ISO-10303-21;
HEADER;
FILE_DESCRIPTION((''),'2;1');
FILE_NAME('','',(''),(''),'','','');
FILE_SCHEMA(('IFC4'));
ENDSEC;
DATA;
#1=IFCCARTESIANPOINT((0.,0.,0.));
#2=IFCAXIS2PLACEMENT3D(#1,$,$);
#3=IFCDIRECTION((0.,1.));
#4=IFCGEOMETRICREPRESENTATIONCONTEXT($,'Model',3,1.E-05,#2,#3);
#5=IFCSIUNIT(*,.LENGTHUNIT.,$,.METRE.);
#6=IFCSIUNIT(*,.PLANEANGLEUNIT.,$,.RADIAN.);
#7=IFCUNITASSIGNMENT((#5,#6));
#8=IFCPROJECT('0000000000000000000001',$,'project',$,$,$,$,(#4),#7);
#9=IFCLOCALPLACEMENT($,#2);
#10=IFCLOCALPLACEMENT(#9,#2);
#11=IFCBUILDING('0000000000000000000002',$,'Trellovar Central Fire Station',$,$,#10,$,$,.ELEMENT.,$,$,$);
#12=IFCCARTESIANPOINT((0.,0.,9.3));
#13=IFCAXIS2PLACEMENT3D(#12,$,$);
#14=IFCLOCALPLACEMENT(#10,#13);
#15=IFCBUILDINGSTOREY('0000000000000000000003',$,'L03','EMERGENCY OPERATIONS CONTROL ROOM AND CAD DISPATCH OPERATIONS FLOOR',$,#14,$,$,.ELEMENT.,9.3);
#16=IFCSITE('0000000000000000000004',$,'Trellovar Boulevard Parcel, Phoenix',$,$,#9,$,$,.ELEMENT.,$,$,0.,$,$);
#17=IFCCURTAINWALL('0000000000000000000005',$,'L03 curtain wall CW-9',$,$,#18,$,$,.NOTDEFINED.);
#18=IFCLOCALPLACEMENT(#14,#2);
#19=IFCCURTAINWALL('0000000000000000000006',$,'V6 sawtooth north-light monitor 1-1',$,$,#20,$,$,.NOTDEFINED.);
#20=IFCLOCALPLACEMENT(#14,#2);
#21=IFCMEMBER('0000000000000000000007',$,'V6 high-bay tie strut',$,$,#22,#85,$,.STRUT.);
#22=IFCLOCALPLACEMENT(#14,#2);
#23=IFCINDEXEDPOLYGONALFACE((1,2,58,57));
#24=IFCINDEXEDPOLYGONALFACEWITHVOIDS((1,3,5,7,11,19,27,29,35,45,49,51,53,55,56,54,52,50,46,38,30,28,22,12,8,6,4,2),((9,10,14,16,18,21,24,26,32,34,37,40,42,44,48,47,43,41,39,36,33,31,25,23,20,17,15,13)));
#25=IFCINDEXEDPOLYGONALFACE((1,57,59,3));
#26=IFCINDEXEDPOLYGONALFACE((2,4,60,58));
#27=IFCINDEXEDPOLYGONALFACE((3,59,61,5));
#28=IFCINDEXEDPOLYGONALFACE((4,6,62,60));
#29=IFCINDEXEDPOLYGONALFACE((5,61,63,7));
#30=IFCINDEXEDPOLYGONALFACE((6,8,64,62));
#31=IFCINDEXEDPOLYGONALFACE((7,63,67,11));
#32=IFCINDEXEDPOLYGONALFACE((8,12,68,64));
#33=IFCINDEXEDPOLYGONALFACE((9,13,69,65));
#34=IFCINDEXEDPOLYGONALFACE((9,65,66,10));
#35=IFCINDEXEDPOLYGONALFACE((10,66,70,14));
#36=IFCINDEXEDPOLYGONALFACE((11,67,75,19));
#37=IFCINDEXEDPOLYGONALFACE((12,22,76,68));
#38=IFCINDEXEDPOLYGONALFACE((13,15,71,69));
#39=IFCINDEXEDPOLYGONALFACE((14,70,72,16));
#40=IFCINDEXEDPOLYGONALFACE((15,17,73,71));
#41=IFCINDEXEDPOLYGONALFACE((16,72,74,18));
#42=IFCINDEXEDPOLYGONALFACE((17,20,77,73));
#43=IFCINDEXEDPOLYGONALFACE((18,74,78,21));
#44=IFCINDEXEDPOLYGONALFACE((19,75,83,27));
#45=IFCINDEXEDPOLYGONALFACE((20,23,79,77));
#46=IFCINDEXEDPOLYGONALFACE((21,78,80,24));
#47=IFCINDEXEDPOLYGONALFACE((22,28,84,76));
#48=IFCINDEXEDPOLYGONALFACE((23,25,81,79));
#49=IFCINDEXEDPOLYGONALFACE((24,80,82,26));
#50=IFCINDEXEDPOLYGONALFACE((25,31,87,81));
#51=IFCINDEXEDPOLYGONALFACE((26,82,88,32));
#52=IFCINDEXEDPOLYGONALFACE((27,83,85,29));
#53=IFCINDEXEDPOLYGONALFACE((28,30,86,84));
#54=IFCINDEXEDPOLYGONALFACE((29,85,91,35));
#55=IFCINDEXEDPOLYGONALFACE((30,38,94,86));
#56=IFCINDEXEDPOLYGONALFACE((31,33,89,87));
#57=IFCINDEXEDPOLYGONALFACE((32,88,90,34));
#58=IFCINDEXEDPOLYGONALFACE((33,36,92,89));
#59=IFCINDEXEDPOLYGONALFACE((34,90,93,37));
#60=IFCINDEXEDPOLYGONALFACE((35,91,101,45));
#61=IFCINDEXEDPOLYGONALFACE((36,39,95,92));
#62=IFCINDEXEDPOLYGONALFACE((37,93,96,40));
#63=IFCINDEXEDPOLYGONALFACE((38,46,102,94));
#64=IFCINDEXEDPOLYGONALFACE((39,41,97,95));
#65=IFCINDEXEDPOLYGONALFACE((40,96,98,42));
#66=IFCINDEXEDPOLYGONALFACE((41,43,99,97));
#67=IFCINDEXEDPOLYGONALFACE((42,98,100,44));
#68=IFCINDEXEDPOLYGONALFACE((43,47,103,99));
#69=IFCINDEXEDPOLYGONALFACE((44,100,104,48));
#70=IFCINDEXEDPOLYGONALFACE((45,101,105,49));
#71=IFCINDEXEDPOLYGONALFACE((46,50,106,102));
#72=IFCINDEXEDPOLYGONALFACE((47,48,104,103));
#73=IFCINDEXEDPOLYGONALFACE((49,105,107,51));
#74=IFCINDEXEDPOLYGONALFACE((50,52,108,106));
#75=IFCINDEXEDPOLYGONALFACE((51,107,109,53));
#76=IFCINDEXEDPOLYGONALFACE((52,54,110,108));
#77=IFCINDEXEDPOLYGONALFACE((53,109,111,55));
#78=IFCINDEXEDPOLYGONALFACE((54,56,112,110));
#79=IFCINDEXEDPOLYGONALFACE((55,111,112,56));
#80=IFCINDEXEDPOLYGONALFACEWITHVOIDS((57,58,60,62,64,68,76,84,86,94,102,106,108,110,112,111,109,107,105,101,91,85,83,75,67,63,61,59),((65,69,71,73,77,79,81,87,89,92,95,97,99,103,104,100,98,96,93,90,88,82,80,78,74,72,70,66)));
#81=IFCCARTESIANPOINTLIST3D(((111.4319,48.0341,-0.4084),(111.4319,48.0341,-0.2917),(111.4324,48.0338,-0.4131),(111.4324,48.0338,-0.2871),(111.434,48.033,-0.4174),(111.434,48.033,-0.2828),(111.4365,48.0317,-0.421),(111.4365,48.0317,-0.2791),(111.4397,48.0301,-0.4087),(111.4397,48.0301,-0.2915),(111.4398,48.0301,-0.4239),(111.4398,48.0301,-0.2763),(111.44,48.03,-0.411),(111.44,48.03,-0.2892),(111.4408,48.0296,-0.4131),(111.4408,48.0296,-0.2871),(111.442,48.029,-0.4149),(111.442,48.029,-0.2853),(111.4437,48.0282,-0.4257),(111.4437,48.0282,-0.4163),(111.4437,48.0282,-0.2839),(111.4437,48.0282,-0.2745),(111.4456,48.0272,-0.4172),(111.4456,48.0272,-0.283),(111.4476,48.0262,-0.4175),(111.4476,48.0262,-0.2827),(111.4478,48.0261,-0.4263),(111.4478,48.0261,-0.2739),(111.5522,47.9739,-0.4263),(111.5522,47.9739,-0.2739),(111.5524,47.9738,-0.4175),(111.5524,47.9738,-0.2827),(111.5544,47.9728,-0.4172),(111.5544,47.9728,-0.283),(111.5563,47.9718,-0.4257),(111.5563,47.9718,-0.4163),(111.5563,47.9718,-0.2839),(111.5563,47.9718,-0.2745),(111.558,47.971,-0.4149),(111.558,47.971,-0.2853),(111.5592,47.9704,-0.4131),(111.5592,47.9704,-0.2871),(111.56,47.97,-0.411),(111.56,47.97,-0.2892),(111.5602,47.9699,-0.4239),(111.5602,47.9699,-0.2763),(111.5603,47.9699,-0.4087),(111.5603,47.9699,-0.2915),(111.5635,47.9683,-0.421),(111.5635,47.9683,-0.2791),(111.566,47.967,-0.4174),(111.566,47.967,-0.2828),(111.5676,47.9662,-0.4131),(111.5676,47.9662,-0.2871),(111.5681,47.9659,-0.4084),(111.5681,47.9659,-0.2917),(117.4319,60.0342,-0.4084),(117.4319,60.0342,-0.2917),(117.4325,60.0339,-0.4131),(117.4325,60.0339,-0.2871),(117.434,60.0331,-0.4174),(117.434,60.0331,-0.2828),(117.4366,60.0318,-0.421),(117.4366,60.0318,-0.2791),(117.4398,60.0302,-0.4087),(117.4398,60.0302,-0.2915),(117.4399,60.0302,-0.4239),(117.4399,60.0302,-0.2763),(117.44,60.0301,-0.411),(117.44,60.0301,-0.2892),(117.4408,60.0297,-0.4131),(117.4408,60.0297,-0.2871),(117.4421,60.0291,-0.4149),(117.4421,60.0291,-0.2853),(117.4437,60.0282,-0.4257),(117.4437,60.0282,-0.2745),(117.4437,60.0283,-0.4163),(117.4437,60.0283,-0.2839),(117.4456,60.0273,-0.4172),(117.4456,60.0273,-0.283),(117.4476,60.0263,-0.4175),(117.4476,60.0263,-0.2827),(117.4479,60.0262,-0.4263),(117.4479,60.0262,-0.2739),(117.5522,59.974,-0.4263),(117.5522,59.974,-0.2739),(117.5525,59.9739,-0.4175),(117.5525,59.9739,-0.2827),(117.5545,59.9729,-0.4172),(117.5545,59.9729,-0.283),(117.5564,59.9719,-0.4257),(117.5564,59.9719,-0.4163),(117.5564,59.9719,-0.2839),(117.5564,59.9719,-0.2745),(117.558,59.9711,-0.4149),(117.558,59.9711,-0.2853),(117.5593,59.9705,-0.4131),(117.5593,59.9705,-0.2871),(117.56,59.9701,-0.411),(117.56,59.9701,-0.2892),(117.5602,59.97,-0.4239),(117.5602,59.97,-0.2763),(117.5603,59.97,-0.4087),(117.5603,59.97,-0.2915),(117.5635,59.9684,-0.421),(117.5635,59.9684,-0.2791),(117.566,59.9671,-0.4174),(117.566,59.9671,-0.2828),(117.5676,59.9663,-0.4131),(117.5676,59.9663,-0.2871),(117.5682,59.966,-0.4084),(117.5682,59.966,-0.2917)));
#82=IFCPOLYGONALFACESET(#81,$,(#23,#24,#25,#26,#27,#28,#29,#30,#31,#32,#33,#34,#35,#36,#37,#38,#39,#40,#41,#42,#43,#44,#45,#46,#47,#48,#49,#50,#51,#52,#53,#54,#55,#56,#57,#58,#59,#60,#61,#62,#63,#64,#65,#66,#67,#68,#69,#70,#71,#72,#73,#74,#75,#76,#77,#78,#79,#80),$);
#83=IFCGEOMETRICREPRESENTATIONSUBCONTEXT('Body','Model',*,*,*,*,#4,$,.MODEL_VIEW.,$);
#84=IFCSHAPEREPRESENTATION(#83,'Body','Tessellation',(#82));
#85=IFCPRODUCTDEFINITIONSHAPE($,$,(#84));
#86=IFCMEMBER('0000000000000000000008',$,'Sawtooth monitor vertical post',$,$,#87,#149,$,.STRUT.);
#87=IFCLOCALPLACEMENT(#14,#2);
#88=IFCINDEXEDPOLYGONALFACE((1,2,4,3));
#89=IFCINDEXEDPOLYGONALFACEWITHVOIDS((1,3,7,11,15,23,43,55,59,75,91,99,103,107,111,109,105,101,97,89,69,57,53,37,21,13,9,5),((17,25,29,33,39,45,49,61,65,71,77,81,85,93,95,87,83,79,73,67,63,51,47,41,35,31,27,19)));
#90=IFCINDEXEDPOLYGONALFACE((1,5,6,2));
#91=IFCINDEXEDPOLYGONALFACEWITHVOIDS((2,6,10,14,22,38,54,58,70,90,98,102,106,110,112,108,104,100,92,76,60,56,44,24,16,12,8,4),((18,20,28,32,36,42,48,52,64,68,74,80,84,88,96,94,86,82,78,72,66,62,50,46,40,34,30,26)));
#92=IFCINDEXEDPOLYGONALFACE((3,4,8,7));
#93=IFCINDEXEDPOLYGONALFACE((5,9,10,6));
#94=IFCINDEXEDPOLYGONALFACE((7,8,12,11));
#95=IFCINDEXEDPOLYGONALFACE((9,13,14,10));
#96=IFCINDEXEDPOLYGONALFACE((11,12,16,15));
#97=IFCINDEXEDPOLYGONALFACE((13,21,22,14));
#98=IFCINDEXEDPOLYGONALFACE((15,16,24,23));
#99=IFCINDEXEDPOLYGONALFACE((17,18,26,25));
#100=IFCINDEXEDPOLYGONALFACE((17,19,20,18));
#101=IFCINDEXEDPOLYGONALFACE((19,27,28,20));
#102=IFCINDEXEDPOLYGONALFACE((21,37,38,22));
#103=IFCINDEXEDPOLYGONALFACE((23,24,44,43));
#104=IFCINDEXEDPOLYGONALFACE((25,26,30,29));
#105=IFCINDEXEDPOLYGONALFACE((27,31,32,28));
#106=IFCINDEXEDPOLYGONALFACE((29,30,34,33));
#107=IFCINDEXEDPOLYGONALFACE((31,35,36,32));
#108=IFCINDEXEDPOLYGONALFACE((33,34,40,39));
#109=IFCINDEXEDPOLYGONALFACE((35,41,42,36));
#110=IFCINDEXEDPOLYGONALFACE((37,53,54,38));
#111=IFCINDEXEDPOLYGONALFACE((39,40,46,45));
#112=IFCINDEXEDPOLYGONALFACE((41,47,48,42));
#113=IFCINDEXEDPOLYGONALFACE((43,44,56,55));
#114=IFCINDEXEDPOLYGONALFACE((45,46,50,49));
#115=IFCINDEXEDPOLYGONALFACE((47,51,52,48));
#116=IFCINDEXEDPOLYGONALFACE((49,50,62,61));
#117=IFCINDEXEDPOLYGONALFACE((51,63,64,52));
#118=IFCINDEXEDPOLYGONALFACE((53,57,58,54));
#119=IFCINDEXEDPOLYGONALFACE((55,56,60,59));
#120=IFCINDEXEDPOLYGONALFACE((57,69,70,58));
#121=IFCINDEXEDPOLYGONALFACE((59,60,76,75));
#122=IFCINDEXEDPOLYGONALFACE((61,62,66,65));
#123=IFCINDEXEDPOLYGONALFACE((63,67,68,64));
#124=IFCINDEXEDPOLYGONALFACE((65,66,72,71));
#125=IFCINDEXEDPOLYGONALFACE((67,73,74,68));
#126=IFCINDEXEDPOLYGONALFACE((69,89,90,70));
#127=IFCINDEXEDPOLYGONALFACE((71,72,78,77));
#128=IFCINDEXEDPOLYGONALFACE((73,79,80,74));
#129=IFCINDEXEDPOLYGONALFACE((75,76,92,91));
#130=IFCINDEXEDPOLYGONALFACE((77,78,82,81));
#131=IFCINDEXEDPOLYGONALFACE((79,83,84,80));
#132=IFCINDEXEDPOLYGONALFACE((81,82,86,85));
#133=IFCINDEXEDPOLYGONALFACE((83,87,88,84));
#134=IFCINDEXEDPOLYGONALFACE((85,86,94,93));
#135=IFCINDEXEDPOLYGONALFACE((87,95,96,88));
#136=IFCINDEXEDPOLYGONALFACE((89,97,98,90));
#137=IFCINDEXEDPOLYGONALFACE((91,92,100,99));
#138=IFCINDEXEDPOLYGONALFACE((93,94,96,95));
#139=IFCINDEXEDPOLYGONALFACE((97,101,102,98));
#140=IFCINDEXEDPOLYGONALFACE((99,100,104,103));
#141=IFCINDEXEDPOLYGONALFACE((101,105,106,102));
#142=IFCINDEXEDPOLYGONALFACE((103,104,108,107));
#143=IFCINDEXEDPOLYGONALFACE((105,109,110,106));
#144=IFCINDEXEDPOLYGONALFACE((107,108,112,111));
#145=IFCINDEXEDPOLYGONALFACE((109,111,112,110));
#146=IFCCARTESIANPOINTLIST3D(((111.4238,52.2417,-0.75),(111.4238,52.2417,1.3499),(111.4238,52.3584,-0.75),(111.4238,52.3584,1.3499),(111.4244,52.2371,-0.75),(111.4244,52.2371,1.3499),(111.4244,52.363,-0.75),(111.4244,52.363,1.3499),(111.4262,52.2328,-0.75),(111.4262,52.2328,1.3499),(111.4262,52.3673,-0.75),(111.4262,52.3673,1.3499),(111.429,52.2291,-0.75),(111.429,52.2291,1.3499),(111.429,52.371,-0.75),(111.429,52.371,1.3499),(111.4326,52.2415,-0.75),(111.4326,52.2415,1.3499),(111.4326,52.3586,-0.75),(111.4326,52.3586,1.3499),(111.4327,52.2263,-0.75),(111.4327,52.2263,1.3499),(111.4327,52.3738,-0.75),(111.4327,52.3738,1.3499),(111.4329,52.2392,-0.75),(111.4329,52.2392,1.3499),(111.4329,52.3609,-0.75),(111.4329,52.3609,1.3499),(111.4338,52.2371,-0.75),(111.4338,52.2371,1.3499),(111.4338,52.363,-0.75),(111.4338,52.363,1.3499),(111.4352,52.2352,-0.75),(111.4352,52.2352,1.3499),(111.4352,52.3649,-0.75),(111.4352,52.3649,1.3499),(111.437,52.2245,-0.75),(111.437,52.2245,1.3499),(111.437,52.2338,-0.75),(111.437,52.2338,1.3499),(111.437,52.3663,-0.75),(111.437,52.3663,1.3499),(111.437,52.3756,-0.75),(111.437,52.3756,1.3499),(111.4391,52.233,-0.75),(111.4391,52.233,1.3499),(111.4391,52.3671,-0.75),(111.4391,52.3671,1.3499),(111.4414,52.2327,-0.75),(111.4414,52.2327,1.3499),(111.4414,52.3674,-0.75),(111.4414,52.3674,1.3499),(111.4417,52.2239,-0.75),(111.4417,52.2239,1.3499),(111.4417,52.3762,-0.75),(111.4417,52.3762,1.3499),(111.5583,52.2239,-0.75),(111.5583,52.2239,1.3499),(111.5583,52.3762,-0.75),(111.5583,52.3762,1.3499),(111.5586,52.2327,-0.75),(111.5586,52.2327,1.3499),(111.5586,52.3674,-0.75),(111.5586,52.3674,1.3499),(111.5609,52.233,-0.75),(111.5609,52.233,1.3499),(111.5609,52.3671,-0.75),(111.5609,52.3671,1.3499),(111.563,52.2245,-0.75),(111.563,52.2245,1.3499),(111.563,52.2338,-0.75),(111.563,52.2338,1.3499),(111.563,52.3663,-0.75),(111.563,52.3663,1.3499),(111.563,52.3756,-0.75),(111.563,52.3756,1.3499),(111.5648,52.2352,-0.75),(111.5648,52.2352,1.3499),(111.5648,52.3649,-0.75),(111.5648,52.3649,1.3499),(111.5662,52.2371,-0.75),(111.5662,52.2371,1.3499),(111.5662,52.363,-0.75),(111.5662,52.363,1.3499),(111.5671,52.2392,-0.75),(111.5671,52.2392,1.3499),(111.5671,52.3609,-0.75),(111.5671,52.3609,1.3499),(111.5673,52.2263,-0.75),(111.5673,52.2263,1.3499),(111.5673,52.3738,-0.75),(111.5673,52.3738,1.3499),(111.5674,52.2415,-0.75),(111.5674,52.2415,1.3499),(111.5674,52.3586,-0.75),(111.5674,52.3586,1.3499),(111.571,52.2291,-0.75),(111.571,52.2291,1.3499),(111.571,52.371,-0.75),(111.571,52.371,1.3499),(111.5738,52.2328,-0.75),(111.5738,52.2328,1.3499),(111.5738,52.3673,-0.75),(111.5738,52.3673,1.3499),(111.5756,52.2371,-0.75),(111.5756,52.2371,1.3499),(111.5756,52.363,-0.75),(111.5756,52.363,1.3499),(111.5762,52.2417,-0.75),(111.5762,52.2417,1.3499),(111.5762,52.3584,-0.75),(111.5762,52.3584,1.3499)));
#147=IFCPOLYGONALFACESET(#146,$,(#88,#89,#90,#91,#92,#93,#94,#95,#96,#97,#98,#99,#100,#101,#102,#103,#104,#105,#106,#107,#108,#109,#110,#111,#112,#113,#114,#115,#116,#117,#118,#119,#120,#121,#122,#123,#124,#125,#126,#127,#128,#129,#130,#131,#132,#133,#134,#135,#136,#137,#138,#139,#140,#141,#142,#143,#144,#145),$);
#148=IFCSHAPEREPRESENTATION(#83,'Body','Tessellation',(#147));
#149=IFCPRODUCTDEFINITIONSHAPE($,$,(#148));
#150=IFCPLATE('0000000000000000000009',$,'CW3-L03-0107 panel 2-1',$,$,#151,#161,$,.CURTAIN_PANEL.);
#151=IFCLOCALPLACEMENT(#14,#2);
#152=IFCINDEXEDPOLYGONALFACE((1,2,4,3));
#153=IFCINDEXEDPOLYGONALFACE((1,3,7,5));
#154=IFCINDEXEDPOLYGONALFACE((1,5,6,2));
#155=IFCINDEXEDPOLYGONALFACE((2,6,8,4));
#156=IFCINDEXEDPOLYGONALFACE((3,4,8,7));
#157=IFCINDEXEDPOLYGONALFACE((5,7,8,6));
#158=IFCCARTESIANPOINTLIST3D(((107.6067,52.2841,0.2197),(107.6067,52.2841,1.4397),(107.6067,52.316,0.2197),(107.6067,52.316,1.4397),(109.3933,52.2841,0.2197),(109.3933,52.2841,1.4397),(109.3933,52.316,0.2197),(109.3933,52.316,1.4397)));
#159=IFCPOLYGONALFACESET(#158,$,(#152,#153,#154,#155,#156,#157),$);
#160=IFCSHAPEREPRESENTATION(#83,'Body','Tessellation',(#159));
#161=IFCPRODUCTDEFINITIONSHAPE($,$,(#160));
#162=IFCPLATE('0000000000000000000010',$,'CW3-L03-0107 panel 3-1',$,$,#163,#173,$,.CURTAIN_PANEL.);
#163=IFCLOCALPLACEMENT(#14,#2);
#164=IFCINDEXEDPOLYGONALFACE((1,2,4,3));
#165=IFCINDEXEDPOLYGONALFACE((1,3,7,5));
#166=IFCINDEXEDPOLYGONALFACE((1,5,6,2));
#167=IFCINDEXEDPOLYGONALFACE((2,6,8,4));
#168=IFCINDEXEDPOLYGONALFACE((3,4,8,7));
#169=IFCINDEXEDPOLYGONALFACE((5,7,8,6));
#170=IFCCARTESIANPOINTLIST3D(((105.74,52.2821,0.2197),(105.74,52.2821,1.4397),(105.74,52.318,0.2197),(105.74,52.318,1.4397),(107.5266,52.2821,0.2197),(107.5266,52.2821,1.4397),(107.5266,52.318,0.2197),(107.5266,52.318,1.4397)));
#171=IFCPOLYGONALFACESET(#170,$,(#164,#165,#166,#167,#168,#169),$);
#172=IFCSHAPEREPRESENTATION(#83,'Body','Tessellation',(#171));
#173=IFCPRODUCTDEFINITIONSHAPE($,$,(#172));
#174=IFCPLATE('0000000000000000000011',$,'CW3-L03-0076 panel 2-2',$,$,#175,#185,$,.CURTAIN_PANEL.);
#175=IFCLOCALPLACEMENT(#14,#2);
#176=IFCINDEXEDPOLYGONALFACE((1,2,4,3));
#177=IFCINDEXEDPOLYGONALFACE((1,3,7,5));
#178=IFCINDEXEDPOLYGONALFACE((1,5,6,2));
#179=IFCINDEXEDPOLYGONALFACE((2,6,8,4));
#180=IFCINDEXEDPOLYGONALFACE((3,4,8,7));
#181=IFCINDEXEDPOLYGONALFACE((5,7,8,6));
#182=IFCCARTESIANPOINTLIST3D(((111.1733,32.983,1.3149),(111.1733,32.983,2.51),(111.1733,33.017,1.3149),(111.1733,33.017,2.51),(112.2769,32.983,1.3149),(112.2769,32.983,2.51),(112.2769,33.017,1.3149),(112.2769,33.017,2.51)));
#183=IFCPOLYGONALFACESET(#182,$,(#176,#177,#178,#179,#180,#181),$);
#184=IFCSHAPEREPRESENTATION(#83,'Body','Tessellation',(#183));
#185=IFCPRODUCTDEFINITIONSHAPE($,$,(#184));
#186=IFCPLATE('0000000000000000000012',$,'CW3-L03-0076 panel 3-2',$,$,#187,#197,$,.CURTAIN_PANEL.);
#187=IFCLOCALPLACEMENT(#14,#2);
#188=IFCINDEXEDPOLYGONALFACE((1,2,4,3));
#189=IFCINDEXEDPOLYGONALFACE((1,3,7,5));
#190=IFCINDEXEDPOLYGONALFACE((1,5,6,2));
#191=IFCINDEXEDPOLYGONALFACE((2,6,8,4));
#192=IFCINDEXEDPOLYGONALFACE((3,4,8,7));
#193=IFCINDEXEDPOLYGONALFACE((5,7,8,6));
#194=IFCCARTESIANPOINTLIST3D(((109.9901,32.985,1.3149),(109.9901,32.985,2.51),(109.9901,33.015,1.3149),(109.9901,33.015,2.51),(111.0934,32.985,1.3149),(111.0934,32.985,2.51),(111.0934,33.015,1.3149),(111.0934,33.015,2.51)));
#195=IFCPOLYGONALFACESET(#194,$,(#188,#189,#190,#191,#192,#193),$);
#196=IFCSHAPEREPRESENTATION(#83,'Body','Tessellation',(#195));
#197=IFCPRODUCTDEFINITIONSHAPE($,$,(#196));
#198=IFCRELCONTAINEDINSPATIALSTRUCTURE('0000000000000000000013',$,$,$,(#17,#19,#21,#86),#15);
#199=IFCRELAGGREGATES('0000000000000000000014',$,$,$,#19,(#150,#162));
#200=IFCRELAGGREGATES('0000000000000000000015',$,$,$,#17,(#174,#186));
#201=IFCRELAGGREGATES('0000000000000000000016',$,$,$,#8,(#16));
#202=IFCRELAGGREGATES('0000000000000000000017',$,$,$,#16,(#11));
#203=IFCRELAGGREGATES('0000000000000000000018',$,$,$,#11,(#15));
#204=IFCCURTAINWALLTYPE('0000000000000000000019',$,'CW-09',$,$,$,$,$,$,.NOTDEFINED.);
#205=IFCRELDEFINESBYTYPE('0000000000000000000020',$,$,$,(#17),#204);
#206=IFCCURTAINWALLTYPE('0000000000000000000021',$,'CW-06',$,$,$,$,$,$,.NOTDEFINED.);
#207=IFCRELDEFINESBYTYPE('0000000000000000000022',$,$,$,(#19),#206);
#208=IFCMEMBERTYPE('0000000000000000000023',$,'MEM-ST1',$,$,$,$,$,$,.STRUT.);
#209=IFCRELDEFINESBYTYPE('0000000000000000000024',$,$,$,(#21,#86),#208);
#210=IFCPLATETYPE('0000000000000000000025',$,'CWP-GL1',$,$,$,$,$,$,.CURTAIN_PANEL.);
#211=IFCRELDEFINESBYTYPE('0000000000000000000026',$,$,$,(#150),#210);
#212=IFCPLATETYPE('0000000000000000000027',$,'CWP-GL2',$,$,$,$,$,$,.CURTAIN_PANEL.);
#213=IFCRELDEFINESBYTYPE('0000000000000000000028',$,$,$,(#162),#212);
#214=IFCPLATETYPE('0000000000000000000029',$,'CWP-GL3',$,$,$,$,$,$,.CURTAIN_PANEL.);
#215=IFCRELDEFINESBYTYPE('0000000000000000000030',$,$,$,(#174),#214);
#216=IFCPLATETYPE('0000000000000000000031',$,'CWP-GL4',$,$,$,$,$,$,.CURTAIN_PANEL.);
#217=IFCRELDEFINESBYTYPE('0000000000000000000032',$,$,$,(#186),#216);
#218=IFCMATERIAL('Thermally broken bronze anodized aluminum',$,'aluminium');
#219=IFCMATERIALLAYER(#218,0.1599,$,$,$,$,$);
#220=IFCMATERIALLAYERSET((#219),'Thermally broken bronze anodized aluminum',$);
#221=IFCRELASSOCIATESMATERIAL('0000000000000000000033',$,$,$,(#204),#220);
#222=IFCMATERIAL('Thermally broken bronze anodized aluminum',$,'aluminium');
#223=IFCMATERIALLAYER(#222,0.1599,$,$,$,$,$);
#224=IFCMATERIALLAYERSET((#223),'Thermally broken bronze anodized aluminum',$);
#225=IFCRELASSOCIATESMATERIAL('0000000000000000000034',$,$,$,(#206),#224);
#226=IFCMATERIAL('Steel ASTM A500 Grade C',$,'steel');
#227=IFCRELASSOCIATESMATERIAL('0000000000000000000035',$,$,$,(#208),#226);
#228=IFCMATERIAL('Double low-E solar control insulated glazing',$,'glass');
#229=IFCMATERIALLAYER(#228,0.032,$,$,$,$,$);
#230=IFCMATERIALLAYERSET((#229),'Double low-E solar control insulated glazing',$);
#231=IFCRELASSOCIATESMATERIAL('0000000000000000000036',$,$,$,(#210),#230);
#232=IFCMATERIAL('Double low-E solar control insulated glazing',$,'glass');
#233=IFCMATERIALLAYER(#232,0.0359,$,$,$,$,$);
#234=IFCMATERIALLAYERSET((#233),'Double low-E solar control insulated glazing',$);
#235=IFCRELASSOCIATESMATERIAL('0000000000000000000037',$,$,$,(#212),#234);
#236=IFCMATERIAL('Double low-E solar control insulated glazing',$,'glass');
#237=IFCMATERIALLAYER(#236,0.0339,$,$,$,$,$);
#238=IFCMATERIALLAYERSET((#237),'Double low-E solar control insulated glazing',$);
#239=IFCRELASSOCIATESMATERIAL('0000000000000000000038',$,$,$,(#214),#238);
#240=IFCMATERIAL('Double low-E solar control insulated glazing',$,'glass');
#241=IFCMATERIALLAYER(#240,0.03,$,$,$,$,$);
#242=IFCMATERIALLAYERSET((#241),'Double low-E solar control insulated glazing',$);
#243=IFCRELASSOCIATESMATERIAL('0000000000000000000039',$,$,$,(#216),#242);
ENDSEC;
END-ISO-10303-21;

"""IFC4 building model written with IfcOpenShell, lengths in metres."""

from ifc_helpers import new_model, si_unit, direction, frame, origin, origin_2d, place, context, subcontext, project, spatial, rectangle, hollow_rectangle, extrude, material, layer, layer_set, material_profile, profile_set, type_object, element, aggregate, save


model = new_model("IFC4")

# Units and contexts
model_context = context("Model", 3, precision=1e-05, world=origin(), true_north=direction((0.0, 1.0)))
body_context = subcontext(model_context, "Body", "Model", "MODEL_VIEW")
ifc_project = project(units=[si_unit("LENGTHUNIT", "METRE"), si_unit("PLANEANGLEUNIT", "RADIAN")], contexts=[model_context])

# Site, building, storey
site_placement = place(None, origin())
site = spatial("IfcSite", under=ifc_project, at=site_placement, Name="Trellovar Boulevard Parcel, Phoenix", CompositionType="ELEMENT", RefElevation=0.0)
building_placement = place(site_placement, origin())
building = spatial("IfcBuilding", under=site, at=building_placement, Name="Trellovar Central Fire Station", CompositionType="ELEMENT")
storey_placement = place(building_placement, frame((0.0, 0.0, 9.3)))
storey = spatial("IfcBuildingStorey", under=building, at=storey_placement, Name="L03", Description="EMERGENCY OPERATIONS CONTROL ROOM AND CAD DISPATCH OPERATIONS FLOOR", CompositionType="ELEMENT", Elevation=9.3)

# Curtain walls
ifc_material_1 = material(Name="Thermally broken bronze anodized aluminum", Category="aluminium")
ifc_layer_1 = layer(ifc_material_1, 0.1599)
ifc_layer_set_1 = layer_set([ifc_layer_1], Name="Thermally broken bronze anodized aluminum")
curtain_wall_type_1 = type_object("IfcCurtainWallType", Name="CW-09", PredefinedType="NOTDEFINED", material=ifc_layer_set_1)
curtain_wall_1_placement = place(storey_placement, origin())
curtain_wall_1 = element("IfcCurtainWall", 1, at=curtain_wall_1_placement, inside=storey, type_object=curtain_wall_type_1, Name="L03 curtain wall CW-9", PredefinedType="NOTDEFINED")
ifc_material_2 = material(Name="Thermally broken bronze anodized aluminum", Category="aluminium")
ifc_layer_2 = layer(ifc_material_2, 0.1599)
ifc_layer_set_2 = layer_set([ifc_layer_2], Name="Thermally broken bronze anodized aluminum")
curtain_wall_type_2 = type_object("IfcCurtainWallType", Name="CW-06", PredefinedType="NOTDEFINED", material=ifc_layer_set_2)
curtain_wall_2_placement = place(storey_placement, origin())
curtain_wall_2 = element("IfcCurtainWall", 2, at=curtain_wall_2_placement, inside=storey, type_object=curtain_wall_type_2, Name="V6 sawtooth north-light monitor 1-1", PredefinedType="NOTDEFINED")

# Members
ifc_material_3 = material(Name="Steel ASTM A500 Grade C", Category="steel")
ifc_material_profile_1 = material_profile(ifc_material_3, hollow_rectangle(XDim=0.1523, YDim=0.1523, WallThickness=0.0088, InnerFilletRadius=0.0088, OuterFilletRadius=0.0178, at=origin_2d()), Name="HSS6X6X3/8")
ifc_profile_set_1 = profile_set([ifc_material_profile_1], Name="Steel ASTM A500 Grade C")
member_type_1 = type_object("IfcMemberType", Name="MEM-ST1", PredefinedType="STRUT", material=ifc_profile_set_1)
member_1_placement = place(storey_placement, frame((111.5, 48.0, -0.3501), z_axis=(0.447214, 0.894427, 0.0), x_axis=(-0.894427, 0.447214, 0.0)))
element("IfcMember", 3, at=member_1_placement, inside=storey, type_object=member_type_1, Name="V6 high-bay tie strut", PredefinedType="STRUT", context=body_context, shape_type="SweptSolid", body=[
    extrude(hollow_rectangle(XDim=0.1523, YDim=0.1523, WallThickness=0.0088, InnerFilletRadius=0.0088, OuterFilletRadius=0.0178, at=origin_2d()), origin(), (0.0, 0.0, 1.0), 13.4165),
])
member_2_placement = place(storey_placement, frame((111.5, 52.3, -0.75), z_axis=(0.0, 0.0, 1.0), x_axis=(1.0, 0.0, 0.0)))
element("IfcMember", 4, at=member_2_placement, inside=storey, type_object=member_type_1, Name="Sawtooth monitor vertical post", PredefinedType="STRUT", context=body_context, shape_type="SweptSolid", body=[
    extrude(hollow_rectangle(XDim=0.1523, YDim=0.1523, WallThickness=0.0088, InnerFilletRadius=0.0088, OuterFilletRadius=0.0178, at=origin_2d()), origin(), (0.0, 0.0, 1.0), 2.0999),
])

# Plates
ifc_material_4 = material(Name="Double low-E solar control insulated glazing", Category="glass")
ifc_layer_3 = layer(ifc_material_4, 0.032)
ifc_layer_set_3 = layer_set([ifc_layer_3], Name="Double low-E solar control insulated glazing")
plate_type_1 = type_object("IfcPlateType", Name="CWP-GL1", PredefinedType="CURTAIN_PANEL", material=ifc_layer_set_3)
plate_1_placement = place(storey_placement, frame((108.5, 52.3, 0.2197), z_axis=(0.0, 0.0, 1.0), x_axis=(-1.0, 0.0, 0.0)))
plate_1 = element("IfcPlate", 5, at=plate_1_placement, type_object=plate_type_1, Name="CW3-L03-0107 panel 2-1", PredefinedType="CURTAIN_PANEL", context=body_context, shape_type="SweptSolid", body=[
    extrude(rectangle(XDim=1.7866, YDim=0.032, at=origin_2d()), origin(), (0.0, 0.0, 1.0), 1.22),
])
ifc_material_5 = material(Name="Double low-E solar control insulated glazing", Category="glass")
ifc_layer_4 = layer(ifc_material_5, 0.0359)
ifc_layer_set_4 = layer_set([ifc_layer_4], Name="Double low-E solar control insulated glazing")
plate_type_2 = type_object("IfcPlateType", Name="CWP-GL2", PredefinedType="CURTAIN_PANEL", material=ifc_layer_set_4)
plate_2_placement = place(storey_placement, frame((106.6333, 52.3, 0.2197), z_axis=(0.0, 0.0, 1.0), x_axis=(-1.0, 0.0, 0.0)))
plate_2 = element("IfcPlate", 6, at=plate_2_placement, type_object=plate_type_2, Name="CW3-L03-0107 panel 3-1", PredefinedType="CURTAIN_PANEL", context=body_context, shape_type="SweptSolid", body=[
    extrude(rectangle(XDim=1.7866, YDim=0.0359, at=origin_2d()), origin(), (0.0, 0.0, 1.0), 1.22),
])
ifc_material_6 = material(Name="Double low-E solar control insulated glazing", Category="glass")
ifc_layer_5 = layer(ifc_material_6, 0.0339)
ifc_layer_set_5 = layer_set([ifc_layer_5], Name="Double low-E solar control insulated glazing")
plate_type_3 = type_object("IfcPlateType", Name="CWP-GL3", PredefinedType="CURTAIN_PANEL", material=ifc_layer_set_5)
plate_3_placement = place(storey_placement, frame((111.7251, 33.0, 1.3149), z_axis=(0.0, 0.0, 1.0), x_axis=(-1.0, 0.0, 0.0)))
plate_3 = element("IfcPlate", 7, at=plate_3_placement, type_object=plate_type_3, Name="CW3-L03-0076 panel 2-2", PredefinedType="CURTAIN_PANEL", context=body_context, shape_type="SweptSolid", body=[
    extrude(rectangle(XDim=1.1035, YDim=0.0339, at=origin_2d()), origin(), (0.0, 0.0, 1.0), 1.1951),
])
ifc_material_7 = material(Name="Double low-E solar control insulated glazing", Category="glass")
ifc_layer_6 = layer(ifc_material_7, 0.03)
ifc_layer_set_6 = layer_set([ifc_layer_6], Name="Double low-E solar control insulated glazing")
plate_type_4 = type_object("IfcPlateType", Name="CWP-GL4", PredefinedType="CURTAIN_PANEL", material=ifc_layer_set_6)
plate_4_placement = place(storey_placement, frame((110.5417, 33.0, 1.3149), z_axis=(0.0, 0.0, 1.0), x_axis=(-1.0, 0.0, 0.0)))
plate_4 = element("IfcPlate", 8, at=plate_4_placement, type_object=plate_type_4, Name="CW3-L03-0076 panel 3-2", PredefinedType="CURTAIN_PANEL", context=body_context, shape_type="SweptSolid", body=[
    extrude(rectangle(XDim=1.1033, YDim=0.03, at=origin_2d()), origin(), (0.0, 0.0, 1.0), 1.1951),
])
aggregate(curtain_wall_2, [plate_1, plate_2])
aggregate(curtain_wall_1, [plate_3, plate_4])

save(model, "model.ifc")
